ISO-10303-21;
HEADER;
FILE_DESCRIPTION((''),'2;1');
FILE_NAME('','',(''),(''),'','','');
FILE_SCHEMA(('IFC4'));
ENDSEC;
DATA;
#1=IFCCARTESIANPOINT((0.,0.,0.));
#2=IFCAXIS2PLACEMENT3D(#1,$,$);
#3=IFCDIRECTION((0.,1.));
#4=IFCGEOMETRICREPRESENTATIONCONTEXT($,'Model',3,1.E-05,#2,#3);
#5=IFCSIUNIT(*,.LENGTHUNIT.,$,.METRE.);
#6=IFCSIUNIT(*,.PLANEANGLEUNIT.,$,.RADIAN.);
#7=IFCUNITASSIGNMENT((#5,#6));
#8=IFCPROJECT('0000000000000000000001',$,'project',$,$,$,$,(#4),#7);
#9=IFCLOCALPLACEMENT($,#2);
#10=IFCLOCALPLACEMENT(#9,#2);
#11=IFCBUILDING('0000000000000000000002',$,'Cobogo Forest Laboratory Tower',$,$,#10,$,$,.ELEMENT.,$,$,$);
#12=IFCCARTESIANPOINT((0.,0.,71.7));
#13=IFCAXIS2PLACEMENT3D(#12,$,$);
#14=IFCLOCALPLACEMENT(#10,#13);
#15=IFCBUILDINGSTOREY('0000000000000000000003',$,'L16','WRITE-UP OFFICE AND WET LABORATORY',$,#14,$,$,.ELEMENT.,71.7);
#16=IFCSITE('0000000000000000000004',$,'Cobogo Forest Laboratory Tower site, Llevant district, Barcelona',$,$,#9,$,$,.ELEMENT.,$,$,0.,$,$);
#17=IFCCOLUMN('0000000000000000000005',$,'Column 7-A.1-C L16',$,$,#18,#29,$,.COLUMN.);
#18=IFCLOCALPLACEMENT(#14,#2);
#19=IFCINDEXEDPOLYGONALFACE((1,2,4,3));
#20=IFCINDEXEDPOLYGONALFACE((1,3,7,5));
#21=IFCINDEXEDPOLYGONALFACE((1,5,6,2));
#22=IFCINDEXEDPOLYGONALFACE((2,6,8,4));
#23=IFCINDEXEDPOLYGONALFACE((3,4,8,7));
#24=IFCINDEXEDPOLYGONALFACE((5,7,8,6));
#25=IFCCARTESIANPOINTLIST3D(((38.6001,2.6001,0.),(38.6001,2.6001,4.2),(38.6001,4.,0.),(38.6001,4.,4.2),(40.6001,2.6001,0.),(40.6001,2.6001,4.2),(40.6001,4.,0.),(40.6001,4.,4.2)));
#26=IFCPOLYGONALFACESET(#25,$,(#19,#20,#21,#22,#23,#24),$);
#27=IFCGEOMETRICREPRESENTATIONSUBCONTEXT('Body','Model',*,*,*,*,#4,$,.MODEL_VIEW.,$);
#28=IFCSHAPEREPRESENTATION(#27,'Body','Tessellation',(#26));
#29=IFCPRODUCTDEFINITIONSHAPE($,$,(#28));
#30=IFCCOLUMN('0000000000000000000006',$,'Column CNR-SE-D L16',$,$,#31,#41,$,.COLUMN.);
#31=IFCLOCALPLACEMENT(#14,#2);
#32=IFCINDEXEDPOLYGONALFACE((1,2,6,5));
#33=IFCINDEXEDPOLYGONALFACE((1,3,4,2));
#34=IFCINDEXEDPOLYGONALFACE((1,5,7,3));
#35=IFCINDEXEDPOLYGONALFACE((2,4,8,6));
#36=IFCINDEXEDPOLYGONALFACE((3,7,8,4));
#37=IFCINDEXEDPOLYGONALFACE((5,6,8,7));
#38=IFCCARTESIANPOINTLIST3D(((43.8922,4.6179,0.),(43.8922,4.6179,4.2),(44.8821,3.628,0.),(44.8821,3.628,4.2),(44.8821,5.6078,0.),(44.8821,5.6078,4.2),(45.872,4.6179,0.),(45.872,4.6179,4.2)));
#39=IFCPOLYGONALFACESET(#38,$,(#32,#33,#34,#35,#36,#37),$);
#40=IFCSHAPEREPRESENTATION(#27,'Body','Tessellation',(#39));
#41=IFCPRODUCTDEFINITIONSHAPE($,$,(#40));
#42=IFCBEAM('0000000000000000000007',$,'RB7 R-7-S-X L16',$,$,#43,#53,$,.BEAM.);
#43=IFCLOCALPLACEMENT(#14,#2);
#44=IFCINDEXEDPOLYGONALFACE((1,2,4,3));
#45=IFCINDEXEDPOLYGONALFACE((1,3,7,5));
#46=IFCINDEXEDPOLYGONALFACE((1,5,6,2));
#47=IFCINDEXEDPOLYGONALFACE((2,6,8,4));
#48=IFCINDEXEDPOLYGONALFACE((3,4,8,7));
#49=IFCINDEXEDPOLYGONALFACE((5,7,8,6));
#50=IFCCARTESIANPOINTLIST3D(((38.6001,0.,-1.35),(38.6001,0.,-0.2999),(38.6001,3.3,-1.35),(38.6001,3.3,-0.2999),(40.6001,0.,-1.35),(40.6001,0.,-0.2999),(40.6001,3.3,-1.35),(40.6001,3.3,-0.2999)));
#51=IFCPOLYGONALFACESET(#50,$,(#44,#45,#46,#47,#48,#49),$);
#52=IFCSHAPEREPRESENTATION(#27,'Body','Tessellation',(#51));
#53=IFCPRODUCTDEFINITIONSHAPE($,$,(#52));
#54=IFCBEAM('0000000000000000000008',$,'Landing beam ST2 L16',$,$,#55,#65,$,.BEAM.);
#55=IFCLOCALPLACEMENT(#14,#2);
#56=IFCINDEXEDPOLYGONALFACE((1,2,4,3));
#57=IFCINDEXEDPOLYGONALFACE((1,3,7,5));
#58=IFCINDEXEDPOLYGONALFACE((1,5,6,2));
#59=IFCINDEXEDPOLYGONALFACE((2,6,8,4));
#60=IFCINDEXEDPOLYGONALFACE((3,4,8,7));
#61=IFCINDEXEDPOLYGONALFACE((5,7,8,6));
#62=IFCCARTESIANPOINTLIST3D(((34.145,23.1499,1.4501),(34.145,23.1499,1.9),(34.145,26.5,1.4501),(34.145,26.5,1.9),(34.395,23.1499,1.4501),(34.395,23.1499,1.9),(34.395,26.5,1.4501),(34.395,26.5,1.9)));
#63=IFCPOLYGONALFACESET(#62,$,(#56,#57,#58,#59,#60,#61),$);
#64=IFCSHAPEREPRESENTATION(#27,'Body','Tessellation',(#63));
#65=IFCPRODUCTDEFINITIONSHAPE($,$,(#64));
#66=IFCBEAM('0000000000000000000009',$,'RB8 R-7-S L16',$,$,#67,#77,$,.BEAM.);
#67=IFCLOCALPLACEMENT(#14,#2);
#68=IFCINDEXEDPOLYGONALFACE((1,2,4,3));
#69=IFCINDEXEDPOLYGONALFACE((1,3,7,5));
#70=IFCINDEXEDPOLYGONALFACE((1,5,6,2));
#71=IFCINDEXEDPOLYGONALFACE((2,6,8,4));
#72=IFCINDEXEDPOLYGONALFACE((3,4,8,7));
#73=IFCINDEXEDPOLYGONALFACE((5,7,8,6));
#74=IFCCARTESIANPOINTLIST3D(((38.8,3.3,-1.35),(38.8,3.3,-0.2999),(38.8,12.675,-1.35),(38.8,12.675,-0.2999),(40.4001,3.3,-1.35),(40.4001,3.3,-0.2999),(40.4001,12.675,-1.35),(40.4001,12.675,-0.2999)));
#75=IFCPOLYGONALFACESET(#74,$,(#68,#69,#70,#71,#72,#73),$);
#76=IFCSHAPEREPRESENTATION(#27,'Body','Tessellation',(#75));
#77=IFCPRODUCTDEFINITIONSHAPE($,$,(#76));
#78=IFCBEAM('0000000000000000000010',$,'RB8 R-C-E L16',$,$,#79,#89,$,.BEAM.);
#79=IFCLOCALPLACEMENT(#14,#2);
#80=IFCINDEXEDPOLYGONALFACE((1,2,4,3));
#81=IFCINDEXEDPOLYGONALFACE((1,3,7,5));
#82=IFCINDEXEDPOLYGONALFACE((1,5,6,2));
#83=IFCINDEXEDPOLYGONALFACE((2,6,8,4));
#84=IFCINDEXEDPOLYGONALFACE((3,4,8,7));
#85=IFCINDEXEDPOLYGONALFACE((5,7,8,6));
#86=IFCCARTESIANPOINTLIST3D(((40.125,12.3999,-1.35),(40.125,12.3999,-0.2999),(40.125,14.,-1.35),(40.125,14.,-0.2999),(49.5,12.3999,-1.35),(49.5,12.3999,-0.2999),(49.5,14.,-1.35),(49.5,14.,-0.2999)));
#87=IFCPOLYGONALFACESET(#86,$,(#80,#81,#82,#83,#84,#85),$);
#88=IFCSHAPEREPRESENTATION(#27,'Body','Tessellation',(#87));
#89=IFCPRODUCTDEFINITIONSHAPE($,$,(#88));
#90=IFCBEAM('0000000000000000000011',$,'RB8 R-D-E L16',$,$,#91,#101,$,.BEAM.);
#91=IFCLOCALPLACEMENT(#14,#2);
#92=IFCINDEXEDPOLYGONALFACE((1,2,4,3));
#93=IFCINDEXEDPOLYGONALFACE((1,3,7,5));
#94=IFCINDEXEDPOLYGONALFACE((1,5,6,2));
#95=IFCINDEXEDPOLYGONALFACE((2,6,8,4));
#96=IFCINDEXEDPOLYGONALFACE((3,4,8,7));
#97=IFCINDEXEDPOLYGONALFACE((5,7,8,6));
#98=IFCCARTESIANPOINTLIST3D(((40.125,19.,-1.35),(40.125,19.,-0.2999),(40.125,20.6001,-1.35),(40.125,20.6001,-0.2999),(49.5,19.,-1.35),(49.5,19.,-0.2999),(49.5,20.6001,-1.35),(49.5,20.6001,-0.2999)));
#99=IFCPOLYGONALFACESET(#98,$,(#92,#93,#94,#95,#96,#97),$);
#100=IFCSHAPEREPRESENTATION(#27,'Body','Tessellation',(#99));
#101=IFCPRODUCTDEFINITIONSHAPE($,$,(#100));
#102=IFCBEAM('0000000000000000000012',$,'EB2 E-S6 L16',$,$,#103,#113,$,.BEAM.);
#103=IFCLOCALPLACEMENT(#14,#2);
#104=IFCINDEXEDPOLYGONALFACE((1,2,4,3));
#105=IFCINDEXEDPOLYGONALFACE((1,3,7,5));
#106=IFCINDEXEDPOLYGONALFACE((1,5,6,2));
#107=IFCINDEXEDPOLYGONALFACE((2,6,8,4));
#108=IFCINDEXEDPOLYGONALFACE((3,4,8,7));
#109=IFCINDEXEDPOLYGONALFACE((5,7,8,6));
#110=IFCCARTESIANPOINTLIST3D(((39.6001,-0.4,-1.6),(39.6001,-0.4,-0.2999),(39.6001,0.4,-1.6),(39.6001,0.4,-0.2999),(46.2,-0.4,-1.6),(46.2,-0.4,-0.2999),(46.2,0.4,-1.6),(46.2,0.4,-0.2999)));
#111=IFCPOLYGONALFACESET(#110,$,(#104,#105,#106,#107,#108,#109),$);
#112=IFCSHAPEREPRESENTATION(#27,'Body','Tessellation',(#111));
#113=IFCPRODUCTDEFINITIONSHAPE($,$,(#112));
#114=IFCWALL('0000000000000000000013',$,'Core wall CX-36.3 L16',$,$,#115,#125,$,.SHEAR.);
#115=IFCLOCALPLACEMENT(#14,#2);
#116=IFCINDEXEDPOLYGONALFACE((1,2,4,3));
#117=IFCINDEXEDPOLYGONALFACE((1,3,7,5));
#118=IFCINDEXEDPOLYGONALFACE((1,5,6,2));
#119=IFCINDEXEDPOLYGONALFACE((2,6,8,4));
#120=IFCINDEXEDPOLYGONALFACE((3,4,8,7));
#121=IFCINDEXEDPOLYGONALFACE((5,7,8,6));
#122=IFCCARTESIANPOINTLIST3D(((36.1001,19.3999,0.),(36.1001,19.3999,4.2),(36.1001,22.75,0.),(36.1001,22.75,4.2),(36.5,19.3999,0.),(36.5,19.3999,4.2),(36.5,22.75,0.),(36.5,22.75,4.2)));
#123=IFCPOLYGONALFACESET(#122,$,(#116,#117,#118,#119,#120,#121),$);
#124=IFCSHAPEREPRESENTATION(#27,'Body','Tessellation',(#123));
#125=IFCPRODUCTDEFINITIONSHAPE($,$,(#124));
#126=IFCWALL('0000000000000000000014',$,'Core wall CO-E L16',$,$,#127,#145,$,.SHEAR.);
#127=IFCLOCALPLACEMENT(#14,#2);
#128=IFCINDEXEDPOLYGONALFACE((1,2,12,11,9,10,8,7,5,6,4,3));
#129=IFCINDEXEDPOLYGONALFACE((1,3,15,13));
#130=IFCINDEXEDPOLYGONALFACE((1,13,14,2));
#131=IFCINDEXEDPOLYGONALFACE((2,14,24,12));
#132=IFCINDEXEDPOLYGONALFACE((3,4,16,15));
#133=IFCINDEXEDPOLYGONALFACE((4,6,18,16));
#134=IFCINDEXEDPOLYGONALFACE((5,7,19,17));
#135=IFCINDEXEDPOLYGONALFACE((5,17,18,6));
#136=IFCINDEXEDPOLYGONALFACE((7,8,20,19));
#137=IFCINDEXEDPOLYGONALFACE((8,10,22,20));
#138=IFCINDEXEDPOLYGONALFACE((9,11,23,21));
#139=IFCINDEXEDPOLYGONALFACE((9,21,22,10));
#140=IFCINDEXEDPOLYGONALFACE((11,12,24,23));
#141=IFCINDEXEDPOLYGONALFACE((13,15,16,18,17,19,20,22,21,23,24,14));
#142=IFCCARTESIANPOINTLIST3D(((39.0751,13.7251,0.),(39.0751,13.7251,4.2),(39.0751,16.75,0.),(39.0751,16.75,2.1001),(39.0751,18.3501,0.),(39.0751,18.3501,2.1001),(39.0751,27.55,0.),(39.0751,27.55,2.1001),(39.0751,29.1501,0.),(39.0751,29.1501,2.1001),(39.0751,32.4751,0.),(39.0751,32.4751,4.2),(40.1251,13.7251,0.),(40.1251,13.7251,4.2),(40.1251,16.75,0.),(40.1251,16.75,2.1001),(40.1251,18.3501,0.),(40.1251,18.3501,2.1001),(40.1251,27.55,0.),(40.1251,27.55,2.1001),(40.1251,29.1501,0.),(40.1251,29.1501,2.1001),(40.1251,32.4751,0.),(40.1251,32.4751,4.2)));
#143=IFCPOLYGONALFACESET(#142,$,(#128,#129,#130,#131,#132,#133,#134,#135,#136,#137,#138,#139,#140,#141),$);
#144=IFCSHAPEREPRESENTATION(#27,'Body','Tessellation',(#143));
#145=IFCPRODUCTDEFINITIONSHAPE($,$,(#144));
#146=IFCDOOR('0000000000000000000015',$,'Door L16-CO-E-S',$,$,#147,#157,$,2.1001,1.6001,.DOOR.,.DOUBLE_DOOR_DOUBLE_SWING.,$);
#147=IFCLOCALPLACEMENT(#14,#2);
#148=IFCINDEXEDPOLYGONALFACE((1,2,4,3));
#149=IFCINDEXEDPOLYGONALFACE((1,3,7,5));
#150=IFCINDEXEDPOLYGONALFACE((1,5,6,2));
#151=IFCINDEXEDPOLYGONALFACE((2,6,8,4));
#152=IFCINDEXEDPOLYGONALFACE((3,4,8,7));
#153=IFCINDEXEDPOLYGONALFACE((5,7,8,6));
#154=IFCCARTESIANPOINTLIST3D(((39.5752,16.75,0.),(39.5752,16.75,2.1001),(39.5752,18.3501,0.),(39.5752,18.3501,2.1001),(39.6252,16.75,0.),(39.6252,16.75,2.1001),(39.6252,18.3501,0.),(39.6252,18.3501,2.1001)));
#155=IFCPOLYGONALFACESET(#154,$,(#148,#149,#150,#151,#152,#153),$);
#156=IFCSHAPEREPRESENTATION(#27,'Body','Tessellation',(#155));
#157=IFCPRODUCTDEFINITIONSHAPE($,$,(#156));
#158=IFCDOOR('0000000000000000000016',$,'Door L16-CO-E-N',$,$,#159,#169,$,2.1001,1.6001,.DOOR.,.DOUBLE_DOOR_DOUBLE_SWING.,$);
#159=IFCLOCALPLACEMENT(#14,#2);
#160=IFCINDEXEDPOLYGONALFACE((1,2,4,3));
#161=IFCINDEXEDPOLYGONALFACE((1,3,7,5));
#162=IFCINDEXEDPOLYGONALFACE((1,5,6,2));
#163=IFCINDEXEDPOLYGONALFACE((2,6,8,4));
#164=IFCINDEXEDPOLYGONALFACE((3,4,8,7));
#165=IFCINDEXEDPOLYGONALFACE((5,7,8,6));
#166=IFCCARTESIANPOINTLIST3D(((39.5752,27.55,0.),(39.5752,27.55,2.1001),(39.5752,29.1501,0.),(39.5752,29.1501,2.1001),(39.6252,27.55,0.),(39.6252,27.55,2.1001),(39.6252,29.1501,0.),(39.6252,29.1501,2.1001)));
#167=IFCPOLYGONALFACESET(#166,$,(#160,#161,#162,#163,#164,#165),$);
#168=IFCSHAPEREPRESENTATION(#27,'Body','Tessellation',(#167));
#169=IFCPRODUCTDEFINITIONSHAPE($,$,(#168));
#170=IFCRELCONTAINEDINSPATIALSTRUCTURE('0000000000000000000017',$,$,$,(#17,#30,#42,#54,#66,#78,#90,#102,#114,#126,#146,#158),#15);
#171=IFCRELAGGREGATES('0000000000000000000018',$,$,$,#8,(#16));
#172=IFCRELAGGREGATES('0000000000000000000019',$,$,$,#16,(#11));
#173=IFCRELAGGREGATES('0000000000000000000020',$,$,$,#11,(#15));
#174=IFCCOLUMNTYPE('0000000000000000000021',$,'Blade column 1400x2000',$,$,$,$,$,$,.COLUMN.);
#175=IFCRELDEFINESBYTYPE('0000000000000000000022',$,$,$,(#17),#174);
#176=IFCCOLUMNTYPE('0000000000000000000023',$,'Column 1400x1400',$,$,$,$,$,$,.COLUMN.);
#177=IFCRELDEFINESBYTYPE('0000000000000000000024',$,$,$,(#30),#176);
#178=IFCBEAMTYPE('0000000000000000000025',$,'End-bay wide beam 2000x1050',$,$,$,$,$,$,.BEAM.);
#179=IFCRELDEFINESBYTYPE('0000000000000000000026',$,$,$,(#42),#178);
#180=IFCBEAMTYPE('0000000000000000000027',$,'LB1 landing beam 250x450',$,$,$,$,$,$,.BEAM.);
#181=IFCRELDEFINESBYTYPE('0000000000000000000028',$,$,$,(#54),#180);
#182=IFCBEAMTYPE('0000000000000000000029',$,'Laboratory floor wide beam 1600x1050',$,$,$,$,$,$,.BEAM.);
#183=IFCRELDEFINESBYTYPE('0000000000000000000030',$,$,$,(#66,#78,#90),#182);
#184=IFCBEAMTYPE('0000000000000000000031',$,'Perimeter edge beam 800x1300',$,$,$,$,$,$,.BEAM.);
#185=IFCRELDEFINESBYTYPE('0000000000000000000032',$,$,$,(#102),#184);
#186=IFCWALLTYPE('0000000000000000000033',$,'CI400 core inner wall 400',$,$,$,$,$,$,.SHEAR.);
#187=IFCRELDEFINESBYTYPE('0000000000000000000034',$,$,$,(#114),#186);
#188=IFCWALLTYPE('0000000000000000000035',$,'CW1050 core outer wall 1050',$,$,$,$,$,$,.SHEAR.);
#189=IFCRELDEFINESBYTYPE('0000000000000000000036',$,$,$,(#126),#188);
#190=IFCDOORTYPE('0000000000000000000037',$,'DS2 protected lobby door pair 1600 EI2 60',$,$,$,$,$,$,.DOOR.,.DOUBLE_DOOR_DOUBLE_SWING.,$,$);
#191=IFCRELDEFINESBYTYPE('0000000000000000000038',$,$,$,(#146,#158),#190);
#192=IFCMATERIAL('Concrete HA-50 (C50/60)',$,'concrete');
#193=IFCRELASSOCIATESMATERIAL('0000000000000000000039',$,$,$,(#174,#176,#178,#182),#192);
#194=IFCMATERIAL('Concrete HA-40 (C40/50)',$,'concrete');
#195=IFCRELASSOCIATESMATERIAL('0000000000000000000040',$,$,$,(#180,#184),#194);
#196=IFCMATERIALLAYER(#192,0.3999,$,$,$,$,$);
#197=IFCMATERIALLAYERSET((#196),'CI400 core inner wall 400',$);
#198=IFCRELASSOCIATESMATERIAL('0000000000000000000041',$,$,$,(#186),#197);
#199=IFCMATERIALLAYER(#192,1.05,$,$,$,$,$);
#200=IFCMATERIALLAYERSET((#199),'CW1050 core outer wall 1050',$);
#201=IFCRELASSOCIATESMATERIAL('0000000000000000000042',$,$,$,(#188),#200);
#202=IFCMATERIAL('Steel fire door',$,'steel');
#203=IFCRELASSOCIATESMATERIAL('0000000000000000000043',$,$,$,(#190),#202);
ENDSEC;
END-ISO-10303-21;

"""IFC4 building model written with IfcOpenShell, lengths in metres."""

from ifc_helpers import new_model, si_unit, direction, frame, frame_2d, origin, origin_2d, place, context, subcontext, project, spatial, rectangle, extrude, material, layer, layer_set, material_profile, profile_set, type_object, element, fill, save


model = new_model("IFC4")

# Units and contexts
model_context = context("Model", 3, precision=1e-05, world=origin(), true_north=direction((0.0, 1.0)))
body_context = subcontext(model_context, "Body", "Model", "MODEL_VIEW")
ifc_project = project(units=[si_unit("LENGTHUNIT", "METRE"), si_unit("PLANEANGLEUNIT", "RADIAN")], contexts=[model_context])

# Site, building, storey
site_placement = place(None, origin())
site = spatial("IfcSite", under=ifc_project, at=site_placement, Name="Cobogo Forest Laboratory Tower site, Llevant district, Barcelona", CompositionType="ELEMENT", RefElevation=0.0)
building_placement = place(site_placement, origin())
building = spatial("IfcBuilding", under=site, at=building_placement, Name="Cobogo Forest Laboratory Tower", CompositionType="ELEMENT")
storey_placement = place(building_placement, frame((0.0, 0.0, 71.7)))
storey = spatial("IfcBuildingStorey", under=building, at=storey_placement, Name="L16", Description="WRITE-UP OFFICE AND WET LABORATORY", CompositionType="ELEMENT", Elevation=71.7)

# Columns
ifc_material_1 = material(Name="Concrete HA-50 (C50/60)", Category="concrete")
ifc_material_profile_1 = material_profile(ifc_material_1, rectangle(XDim=2.0, YDim=1.3999, at=origin_2d()), Name="RC 1400x2000")
ifc_profile_set_1 = profile_set([ifc_material_profile_1], Name="Concrete HA-50 (C50/60)")
column_type_1 = type_object("IfcColumnType", Name="Blade column 1400x2000", PredefinedType="COLUMN", material=ifc_profile_set_1)
column_1_placement = place(storey_placement, frame((39.6001, 3.3, 0.0), z_axis=(0.0, 0.0, 1.0), x_axis=(1.0, 0.0, 0.0)))
element("IfcColumn", 1, at=column_1_placement, inside=storey, type_object=column_type_1, Name="Column 7-A.1-C L16", PredefinedType="COLUMN", context=body_context, shape_type="SweptSolid", body=[
    extrude(rectangle(XDim=2.0, YDim=1.3999, at=origin_2d()), origin(), (0.0, 0.0, 1.0), 4.2),
])
ifc_material_profile_2 = material_profile(ifc_material_1, rectangle(XDim=1.3999, YDim=1.3999, at=origin_2d()), Name="RC 1400x1400")
ifc_profile_set_2 = profile_set([ifc_material_profile_2], Name="Concrete HA-50 (C50/60)")
column_type_2 = type_object("IfcColumnType", Name="Column 1400x1400", PredefinedType="COLUMN", material=ifc_profile_set_2)
column_2_placement = place(storey_placement, frame((44.8821, 4.6179, 0.0), z_axis=(0.0, 0.0, 1.0), x_axis=(0.707107, 0.707107, 0.0)))
element("IfcColumn", 2, at=column_2_placement, inside=storey, type_object=column_type_2, Name="Column CNR-SE-D L16", PredefinedType="COLUMN", context=body_context, shape_type="SweptSolid", body=[
    extrude(rectangle(XDim=1.3999, YDim=1.3999, at=origin_2d()), origin(), (0.0, 0.0, 1.0), 4.2),
])

# Beams
ifc_material_profile_3 = material_profile(ifc_material_1, rectangle(XDim=2.0, YDim=1.05, at=origin_2d()), Name="RC 2000x1050")
ifc_profile_set_3 = profile_set([ifc_material_profile_3], Name="Concrete HA-50 (C50/60)")
beam_type_1 = type_object("IfcBeamType", Name="End-bay wide beam 2000x1050", PredefinedType="BEAM", material=ifc_profile_set_3)
beam_1_placement = place(storey_placement, frame((39.6001, 0.0, -0.825), z_axis=(0.0, 1.0, 0.0), x_axis=(-1.0, 0.0, 0.0)))
element("IfcBeam", 3, at=beam_1_placement, inside=storey, type_object=beam_type_1, Name="RB7 R-7-S-X L16", PredefinedType="BEAM", context=body_context, shape_type="SweptSolid", body=[
    extrude(rectangle(XDim=2.0, YDim=1.05, at=origin_2d()), origin(), (0.0, 0.0, 1.0), 3.3),
])
ifc_material_2 = material(Name="Concrete HA-40 (C40/50)", Category="concrete")
ifc_material_profile_4 = material_profile(ifc_material_2, rectangle(XDim=0.25, YDim=0.45, at=origin_2d()), Name="RC 250x450")
ifc_profile_set_4 = profile_set([ifc_material_profile_4], Name="Concrete HA-40 (C40/50)")
beam_type_2 = type_object("IfcBeamType", Name="LB1 landing beam 250x450", PredefinedType="BEAM", material=ifc_profile_set_4)
beam_2_placement = place(storey_placement, frame((34.27, 23.1499, 1.675), z_axis=(0.0, 1.0, 0.0), x_axis=(-1.0, 0.0, 0.0)))
element("IfcBeam", 4, at=beam_2_placement, inside=storey, type_object=beam_type_2, Name="Landing beam ST2 L16", PredefinedType="BEAM", context=body_context, shape_type="SweptSolid", body=[
    extrude(rectangle(XDim=0.25, YDim=0.45, at=origin_2d()), origin(), (0.0, 0.0, 1.0), 3.3501),
])
ifc_material_profile_5 = material_profile(ifc_material_1, rectangle(XDim=1.6001, YDim=1.05, at=origin_2d()), Name="RC 1600x1050")
ifc_profile_set_5 = profile_set([ifc_material_profile_5], Name="Concrete HA-50 (C50/60)")
beam_type_3 = type_object("IfcBeamType", Name="Laboratory floor wide beam 1600x1050", PredefinedType="BEAM", material=ifc_profile_set_5)
for number, where, z_axis, x_axis, name in (
    (5, (39.6001, 12.675, -0.825), (0.0, -1.0, 0.0), (1.0, 0.0, 0.0), "RB8 R-7-S L16"),
    (6, (40.125, 13.2, -0.825), (1.0, 0.0, 0.0), (0.0, 1.0, 0.0), "RB8 R-C-E L16"),
    (7, (40.125, 19.8, -0.825), (1.0, 0.0, 0.0), (0.0, 1.0, 0.0), "RB8 R-D-E L16"),
):
    element("IfcBeam", number, at=place(storey_placement, frame(where, z_axis=z_axis, x_axis=x_axis)), inside=storey, type_object=beam_type_3, Name=name, PredefinedType="BEAM", context=body_context, shape_type="SweptSolid", body=[
        extrude(rectangle(XDim=1.6001, YDim=1.05, at=origin_2d()), origin(), (0.0, 0.0, 1.0), 9.375),
    ])
ifc_material_profile_6 = material_profile(ifc_material_2, rectangle(XDim=0.8, YDim=1.3, at=origin_2d()), Name="RC 800x1300")
ifc_profile_set_6 = profile_set([ifc_material_profile_6], Name="Concrete HA-40 (C40/50)")
beam_type_4 = type_object("IfcBeamType", Name="Perimeter edge beam 800x1300", PredefinedType="BEAM", material=ifc_profile_set_6)
beam_3_placement = place(storey_placement, frame((39.6001, 0.0, -0.95), z_axis=(1.0, 0.0, 0.0), x_axis=(0.0, 1.0, 0.0)))
element("IfcBeam", 8, at=beam_3_placement, inside=storey, type_object=beam_type_4, Name="EB2 E-S6 L16", PredefinedType="BEAM", context=body_context, shape_type="SweptSolid", body=[
    extrude(rectangle(XDim=0.8, YDim=1.3, at=origin_2d()), origin(), (0.0, 0.0, 1.0), 6.5999),
])

# Wall
ifc_layer_1 = layer(ifc_material_1, 0.3999)
ifc_layer_set_1 = layer_set([ifc_layer_1], Name="CI400 core inner wall 400")
wall_type_1 = type_object("IfcWallType", Name="CI400 core inner wall 400", PredefinedType="SHEAR", material=ifc_layer_set_1)
wall_1_placement = place(storey_placement, frame((36.3, 19.3999, 0.0), z_axis=(0.0, 0.0, 1.0), x_axis=(0.0, 1.0, 0.0)))
element("IfcWall", 9, at=wall_1_placement, inside=storey, type_object=wall_type_1, Name="Core wall CX-36.3 L16", PredefinedType="SHEAR", context=body_context, shape_type="SweptSolid", body=[
    extrude(rectangle(XDim=3.3501, YDim=0.3999, at=frame_2d((1.675, 0.0))), origin(), (0.0, 0.0, 1.0), 4.2),
])

# Wall, openings, doors
ifc_layer_2 = layer(ifc_material_1, 1.05)
ifc_layer_set_2 = layer_set([ifc_layer_2], Name="CW1050 core outer wall 1050")
wall_type_2 = type_object("IfcWallType", Name="CW1050 core outer wall 1050", PredefinedType="SHEAR", material=ifc_layer_set_2)
wall_2_placement = place(storey_placement, frame((39.6001, 13.7251, 0.0), z_axis=(0.0, 0.0, 1.0), x_axis=(0.0, 1.0, 0.0)))
wall_2 = element("IfcWall", 10, at=wall_2_placement, inside=storey, type_object=wall_type_2, Name="Core wall CO-E L16", PredefinedType="SHEAR", context=body_context, shape_type="SweptSolid", body=[
    extrude(rectangle(XDim=18.75, YDim=1.05, at=frame_2d((9.375, 0.0))), origin(), (0.0, 0.0, 1.0), 4.2),
])
opening_1_placement = place(wall_2_placement, frame((3.0249, 0.0, 0.0)))
opening_1 = element("IfcOpeningElement", 11, at=opening_1_placement, cuts=wall_2, PredefinedType="OPENING", context=body_context, shape_type="SweptSolid", body=[
    extrude(rectangle(XDim=1.6001, YDim=2.1001, at=frame_2d((0.8, 1.05))), frame((0.0, 0.5349, 0.0), z_axis=(0.0, -1.0, 0.0), x_axis=(1.0, 0.0, 0.0)), (0.0, 0.0, 1.0), 1.0701),
])
opening_2_placement = place(wall_2_placement, frame((13.825, 0.0, 0.0)))
opening_2 = element("IfcOpeningElement", 12, at=opening_2_placement, cuts=wall_2, PredefinedType="OPENING", context=body_context, shape_type="SweptSolid", body=[
    extrude(rectangle(XDim=1.6001, YDim=2.1001, at=frame_2d((0.8, 1.05))), frame((0.0, 0.5349, 0.0), z_axis=(0.0, -1.0, 0.0), x_axis=(1.0, 0.0, 0.0)), (0.0, 0.0, 1.0), 1.0701),
])
ifc_material_3 = material(Name="Steel fire door", Category="steel")
door_type_1 = type_object("IfcDoorType", Name="DS2 protected lobby door pair 1600 EI2 60", OperationType="DOUBLE_DOOR_DOUBLE_SWING", PredefinedType="DOOR", material=ifc_material_3)
door_1_placement = place(opening_1_placement, origin())
door_1 = element("IfcDoor", 13, at=door_1_placement, inside=storey, type_object=door_type_1, Name="Door L16-CO-E-S", OperationType="DOUBLE_DOOR_DOUBLE_SWING", OverallHeight=2.1001, OverallWidth=1.6001, PredefinedType="DOOR", context=body_context, shape_type="SweptSolid", body=[
    extrude(rectangle(XDim=1.6001, YDim=2.1001, at=frame_2d((0.8, 1.05))), frame((0.0, 0.0249, 0.0), z_axis=(0.0, -1.0, 0.0), x_axis=(1.0, 0.0, 0.0)), (0.0, 0.0, 1.0), 0.05),
])
fill(opening_1, door_1)
door_2_placement = place(opening_2_placement, origin())
door_2 = element("IfcDoor", 14, at=door_2_placement, inside=storey, type_object=door_type_1, Name="Door L16-CO-E-N", OperationType="DOUBLE_DOOR_DOUBLE_SWING", OverallHeight=2.1001, OverallWidth=1.6001, PredefinedType="DOOR", context=body_context, shape_type="SweptSolid", body=[
    extrude(rectangle(XDim=1.6001, YDim=2.1001, at=frame_2d((0.8, 1.05))), frame((0.0, 0.0249, 0.0), z_axis=(0.0, -1.0, 0.0), x_axis=(1.0, 0.0, 0.0)), (0.0, 0.0, 1.0), 0.05),
])
fill(opening_2, door_2)

save(model, "model.ifc")
